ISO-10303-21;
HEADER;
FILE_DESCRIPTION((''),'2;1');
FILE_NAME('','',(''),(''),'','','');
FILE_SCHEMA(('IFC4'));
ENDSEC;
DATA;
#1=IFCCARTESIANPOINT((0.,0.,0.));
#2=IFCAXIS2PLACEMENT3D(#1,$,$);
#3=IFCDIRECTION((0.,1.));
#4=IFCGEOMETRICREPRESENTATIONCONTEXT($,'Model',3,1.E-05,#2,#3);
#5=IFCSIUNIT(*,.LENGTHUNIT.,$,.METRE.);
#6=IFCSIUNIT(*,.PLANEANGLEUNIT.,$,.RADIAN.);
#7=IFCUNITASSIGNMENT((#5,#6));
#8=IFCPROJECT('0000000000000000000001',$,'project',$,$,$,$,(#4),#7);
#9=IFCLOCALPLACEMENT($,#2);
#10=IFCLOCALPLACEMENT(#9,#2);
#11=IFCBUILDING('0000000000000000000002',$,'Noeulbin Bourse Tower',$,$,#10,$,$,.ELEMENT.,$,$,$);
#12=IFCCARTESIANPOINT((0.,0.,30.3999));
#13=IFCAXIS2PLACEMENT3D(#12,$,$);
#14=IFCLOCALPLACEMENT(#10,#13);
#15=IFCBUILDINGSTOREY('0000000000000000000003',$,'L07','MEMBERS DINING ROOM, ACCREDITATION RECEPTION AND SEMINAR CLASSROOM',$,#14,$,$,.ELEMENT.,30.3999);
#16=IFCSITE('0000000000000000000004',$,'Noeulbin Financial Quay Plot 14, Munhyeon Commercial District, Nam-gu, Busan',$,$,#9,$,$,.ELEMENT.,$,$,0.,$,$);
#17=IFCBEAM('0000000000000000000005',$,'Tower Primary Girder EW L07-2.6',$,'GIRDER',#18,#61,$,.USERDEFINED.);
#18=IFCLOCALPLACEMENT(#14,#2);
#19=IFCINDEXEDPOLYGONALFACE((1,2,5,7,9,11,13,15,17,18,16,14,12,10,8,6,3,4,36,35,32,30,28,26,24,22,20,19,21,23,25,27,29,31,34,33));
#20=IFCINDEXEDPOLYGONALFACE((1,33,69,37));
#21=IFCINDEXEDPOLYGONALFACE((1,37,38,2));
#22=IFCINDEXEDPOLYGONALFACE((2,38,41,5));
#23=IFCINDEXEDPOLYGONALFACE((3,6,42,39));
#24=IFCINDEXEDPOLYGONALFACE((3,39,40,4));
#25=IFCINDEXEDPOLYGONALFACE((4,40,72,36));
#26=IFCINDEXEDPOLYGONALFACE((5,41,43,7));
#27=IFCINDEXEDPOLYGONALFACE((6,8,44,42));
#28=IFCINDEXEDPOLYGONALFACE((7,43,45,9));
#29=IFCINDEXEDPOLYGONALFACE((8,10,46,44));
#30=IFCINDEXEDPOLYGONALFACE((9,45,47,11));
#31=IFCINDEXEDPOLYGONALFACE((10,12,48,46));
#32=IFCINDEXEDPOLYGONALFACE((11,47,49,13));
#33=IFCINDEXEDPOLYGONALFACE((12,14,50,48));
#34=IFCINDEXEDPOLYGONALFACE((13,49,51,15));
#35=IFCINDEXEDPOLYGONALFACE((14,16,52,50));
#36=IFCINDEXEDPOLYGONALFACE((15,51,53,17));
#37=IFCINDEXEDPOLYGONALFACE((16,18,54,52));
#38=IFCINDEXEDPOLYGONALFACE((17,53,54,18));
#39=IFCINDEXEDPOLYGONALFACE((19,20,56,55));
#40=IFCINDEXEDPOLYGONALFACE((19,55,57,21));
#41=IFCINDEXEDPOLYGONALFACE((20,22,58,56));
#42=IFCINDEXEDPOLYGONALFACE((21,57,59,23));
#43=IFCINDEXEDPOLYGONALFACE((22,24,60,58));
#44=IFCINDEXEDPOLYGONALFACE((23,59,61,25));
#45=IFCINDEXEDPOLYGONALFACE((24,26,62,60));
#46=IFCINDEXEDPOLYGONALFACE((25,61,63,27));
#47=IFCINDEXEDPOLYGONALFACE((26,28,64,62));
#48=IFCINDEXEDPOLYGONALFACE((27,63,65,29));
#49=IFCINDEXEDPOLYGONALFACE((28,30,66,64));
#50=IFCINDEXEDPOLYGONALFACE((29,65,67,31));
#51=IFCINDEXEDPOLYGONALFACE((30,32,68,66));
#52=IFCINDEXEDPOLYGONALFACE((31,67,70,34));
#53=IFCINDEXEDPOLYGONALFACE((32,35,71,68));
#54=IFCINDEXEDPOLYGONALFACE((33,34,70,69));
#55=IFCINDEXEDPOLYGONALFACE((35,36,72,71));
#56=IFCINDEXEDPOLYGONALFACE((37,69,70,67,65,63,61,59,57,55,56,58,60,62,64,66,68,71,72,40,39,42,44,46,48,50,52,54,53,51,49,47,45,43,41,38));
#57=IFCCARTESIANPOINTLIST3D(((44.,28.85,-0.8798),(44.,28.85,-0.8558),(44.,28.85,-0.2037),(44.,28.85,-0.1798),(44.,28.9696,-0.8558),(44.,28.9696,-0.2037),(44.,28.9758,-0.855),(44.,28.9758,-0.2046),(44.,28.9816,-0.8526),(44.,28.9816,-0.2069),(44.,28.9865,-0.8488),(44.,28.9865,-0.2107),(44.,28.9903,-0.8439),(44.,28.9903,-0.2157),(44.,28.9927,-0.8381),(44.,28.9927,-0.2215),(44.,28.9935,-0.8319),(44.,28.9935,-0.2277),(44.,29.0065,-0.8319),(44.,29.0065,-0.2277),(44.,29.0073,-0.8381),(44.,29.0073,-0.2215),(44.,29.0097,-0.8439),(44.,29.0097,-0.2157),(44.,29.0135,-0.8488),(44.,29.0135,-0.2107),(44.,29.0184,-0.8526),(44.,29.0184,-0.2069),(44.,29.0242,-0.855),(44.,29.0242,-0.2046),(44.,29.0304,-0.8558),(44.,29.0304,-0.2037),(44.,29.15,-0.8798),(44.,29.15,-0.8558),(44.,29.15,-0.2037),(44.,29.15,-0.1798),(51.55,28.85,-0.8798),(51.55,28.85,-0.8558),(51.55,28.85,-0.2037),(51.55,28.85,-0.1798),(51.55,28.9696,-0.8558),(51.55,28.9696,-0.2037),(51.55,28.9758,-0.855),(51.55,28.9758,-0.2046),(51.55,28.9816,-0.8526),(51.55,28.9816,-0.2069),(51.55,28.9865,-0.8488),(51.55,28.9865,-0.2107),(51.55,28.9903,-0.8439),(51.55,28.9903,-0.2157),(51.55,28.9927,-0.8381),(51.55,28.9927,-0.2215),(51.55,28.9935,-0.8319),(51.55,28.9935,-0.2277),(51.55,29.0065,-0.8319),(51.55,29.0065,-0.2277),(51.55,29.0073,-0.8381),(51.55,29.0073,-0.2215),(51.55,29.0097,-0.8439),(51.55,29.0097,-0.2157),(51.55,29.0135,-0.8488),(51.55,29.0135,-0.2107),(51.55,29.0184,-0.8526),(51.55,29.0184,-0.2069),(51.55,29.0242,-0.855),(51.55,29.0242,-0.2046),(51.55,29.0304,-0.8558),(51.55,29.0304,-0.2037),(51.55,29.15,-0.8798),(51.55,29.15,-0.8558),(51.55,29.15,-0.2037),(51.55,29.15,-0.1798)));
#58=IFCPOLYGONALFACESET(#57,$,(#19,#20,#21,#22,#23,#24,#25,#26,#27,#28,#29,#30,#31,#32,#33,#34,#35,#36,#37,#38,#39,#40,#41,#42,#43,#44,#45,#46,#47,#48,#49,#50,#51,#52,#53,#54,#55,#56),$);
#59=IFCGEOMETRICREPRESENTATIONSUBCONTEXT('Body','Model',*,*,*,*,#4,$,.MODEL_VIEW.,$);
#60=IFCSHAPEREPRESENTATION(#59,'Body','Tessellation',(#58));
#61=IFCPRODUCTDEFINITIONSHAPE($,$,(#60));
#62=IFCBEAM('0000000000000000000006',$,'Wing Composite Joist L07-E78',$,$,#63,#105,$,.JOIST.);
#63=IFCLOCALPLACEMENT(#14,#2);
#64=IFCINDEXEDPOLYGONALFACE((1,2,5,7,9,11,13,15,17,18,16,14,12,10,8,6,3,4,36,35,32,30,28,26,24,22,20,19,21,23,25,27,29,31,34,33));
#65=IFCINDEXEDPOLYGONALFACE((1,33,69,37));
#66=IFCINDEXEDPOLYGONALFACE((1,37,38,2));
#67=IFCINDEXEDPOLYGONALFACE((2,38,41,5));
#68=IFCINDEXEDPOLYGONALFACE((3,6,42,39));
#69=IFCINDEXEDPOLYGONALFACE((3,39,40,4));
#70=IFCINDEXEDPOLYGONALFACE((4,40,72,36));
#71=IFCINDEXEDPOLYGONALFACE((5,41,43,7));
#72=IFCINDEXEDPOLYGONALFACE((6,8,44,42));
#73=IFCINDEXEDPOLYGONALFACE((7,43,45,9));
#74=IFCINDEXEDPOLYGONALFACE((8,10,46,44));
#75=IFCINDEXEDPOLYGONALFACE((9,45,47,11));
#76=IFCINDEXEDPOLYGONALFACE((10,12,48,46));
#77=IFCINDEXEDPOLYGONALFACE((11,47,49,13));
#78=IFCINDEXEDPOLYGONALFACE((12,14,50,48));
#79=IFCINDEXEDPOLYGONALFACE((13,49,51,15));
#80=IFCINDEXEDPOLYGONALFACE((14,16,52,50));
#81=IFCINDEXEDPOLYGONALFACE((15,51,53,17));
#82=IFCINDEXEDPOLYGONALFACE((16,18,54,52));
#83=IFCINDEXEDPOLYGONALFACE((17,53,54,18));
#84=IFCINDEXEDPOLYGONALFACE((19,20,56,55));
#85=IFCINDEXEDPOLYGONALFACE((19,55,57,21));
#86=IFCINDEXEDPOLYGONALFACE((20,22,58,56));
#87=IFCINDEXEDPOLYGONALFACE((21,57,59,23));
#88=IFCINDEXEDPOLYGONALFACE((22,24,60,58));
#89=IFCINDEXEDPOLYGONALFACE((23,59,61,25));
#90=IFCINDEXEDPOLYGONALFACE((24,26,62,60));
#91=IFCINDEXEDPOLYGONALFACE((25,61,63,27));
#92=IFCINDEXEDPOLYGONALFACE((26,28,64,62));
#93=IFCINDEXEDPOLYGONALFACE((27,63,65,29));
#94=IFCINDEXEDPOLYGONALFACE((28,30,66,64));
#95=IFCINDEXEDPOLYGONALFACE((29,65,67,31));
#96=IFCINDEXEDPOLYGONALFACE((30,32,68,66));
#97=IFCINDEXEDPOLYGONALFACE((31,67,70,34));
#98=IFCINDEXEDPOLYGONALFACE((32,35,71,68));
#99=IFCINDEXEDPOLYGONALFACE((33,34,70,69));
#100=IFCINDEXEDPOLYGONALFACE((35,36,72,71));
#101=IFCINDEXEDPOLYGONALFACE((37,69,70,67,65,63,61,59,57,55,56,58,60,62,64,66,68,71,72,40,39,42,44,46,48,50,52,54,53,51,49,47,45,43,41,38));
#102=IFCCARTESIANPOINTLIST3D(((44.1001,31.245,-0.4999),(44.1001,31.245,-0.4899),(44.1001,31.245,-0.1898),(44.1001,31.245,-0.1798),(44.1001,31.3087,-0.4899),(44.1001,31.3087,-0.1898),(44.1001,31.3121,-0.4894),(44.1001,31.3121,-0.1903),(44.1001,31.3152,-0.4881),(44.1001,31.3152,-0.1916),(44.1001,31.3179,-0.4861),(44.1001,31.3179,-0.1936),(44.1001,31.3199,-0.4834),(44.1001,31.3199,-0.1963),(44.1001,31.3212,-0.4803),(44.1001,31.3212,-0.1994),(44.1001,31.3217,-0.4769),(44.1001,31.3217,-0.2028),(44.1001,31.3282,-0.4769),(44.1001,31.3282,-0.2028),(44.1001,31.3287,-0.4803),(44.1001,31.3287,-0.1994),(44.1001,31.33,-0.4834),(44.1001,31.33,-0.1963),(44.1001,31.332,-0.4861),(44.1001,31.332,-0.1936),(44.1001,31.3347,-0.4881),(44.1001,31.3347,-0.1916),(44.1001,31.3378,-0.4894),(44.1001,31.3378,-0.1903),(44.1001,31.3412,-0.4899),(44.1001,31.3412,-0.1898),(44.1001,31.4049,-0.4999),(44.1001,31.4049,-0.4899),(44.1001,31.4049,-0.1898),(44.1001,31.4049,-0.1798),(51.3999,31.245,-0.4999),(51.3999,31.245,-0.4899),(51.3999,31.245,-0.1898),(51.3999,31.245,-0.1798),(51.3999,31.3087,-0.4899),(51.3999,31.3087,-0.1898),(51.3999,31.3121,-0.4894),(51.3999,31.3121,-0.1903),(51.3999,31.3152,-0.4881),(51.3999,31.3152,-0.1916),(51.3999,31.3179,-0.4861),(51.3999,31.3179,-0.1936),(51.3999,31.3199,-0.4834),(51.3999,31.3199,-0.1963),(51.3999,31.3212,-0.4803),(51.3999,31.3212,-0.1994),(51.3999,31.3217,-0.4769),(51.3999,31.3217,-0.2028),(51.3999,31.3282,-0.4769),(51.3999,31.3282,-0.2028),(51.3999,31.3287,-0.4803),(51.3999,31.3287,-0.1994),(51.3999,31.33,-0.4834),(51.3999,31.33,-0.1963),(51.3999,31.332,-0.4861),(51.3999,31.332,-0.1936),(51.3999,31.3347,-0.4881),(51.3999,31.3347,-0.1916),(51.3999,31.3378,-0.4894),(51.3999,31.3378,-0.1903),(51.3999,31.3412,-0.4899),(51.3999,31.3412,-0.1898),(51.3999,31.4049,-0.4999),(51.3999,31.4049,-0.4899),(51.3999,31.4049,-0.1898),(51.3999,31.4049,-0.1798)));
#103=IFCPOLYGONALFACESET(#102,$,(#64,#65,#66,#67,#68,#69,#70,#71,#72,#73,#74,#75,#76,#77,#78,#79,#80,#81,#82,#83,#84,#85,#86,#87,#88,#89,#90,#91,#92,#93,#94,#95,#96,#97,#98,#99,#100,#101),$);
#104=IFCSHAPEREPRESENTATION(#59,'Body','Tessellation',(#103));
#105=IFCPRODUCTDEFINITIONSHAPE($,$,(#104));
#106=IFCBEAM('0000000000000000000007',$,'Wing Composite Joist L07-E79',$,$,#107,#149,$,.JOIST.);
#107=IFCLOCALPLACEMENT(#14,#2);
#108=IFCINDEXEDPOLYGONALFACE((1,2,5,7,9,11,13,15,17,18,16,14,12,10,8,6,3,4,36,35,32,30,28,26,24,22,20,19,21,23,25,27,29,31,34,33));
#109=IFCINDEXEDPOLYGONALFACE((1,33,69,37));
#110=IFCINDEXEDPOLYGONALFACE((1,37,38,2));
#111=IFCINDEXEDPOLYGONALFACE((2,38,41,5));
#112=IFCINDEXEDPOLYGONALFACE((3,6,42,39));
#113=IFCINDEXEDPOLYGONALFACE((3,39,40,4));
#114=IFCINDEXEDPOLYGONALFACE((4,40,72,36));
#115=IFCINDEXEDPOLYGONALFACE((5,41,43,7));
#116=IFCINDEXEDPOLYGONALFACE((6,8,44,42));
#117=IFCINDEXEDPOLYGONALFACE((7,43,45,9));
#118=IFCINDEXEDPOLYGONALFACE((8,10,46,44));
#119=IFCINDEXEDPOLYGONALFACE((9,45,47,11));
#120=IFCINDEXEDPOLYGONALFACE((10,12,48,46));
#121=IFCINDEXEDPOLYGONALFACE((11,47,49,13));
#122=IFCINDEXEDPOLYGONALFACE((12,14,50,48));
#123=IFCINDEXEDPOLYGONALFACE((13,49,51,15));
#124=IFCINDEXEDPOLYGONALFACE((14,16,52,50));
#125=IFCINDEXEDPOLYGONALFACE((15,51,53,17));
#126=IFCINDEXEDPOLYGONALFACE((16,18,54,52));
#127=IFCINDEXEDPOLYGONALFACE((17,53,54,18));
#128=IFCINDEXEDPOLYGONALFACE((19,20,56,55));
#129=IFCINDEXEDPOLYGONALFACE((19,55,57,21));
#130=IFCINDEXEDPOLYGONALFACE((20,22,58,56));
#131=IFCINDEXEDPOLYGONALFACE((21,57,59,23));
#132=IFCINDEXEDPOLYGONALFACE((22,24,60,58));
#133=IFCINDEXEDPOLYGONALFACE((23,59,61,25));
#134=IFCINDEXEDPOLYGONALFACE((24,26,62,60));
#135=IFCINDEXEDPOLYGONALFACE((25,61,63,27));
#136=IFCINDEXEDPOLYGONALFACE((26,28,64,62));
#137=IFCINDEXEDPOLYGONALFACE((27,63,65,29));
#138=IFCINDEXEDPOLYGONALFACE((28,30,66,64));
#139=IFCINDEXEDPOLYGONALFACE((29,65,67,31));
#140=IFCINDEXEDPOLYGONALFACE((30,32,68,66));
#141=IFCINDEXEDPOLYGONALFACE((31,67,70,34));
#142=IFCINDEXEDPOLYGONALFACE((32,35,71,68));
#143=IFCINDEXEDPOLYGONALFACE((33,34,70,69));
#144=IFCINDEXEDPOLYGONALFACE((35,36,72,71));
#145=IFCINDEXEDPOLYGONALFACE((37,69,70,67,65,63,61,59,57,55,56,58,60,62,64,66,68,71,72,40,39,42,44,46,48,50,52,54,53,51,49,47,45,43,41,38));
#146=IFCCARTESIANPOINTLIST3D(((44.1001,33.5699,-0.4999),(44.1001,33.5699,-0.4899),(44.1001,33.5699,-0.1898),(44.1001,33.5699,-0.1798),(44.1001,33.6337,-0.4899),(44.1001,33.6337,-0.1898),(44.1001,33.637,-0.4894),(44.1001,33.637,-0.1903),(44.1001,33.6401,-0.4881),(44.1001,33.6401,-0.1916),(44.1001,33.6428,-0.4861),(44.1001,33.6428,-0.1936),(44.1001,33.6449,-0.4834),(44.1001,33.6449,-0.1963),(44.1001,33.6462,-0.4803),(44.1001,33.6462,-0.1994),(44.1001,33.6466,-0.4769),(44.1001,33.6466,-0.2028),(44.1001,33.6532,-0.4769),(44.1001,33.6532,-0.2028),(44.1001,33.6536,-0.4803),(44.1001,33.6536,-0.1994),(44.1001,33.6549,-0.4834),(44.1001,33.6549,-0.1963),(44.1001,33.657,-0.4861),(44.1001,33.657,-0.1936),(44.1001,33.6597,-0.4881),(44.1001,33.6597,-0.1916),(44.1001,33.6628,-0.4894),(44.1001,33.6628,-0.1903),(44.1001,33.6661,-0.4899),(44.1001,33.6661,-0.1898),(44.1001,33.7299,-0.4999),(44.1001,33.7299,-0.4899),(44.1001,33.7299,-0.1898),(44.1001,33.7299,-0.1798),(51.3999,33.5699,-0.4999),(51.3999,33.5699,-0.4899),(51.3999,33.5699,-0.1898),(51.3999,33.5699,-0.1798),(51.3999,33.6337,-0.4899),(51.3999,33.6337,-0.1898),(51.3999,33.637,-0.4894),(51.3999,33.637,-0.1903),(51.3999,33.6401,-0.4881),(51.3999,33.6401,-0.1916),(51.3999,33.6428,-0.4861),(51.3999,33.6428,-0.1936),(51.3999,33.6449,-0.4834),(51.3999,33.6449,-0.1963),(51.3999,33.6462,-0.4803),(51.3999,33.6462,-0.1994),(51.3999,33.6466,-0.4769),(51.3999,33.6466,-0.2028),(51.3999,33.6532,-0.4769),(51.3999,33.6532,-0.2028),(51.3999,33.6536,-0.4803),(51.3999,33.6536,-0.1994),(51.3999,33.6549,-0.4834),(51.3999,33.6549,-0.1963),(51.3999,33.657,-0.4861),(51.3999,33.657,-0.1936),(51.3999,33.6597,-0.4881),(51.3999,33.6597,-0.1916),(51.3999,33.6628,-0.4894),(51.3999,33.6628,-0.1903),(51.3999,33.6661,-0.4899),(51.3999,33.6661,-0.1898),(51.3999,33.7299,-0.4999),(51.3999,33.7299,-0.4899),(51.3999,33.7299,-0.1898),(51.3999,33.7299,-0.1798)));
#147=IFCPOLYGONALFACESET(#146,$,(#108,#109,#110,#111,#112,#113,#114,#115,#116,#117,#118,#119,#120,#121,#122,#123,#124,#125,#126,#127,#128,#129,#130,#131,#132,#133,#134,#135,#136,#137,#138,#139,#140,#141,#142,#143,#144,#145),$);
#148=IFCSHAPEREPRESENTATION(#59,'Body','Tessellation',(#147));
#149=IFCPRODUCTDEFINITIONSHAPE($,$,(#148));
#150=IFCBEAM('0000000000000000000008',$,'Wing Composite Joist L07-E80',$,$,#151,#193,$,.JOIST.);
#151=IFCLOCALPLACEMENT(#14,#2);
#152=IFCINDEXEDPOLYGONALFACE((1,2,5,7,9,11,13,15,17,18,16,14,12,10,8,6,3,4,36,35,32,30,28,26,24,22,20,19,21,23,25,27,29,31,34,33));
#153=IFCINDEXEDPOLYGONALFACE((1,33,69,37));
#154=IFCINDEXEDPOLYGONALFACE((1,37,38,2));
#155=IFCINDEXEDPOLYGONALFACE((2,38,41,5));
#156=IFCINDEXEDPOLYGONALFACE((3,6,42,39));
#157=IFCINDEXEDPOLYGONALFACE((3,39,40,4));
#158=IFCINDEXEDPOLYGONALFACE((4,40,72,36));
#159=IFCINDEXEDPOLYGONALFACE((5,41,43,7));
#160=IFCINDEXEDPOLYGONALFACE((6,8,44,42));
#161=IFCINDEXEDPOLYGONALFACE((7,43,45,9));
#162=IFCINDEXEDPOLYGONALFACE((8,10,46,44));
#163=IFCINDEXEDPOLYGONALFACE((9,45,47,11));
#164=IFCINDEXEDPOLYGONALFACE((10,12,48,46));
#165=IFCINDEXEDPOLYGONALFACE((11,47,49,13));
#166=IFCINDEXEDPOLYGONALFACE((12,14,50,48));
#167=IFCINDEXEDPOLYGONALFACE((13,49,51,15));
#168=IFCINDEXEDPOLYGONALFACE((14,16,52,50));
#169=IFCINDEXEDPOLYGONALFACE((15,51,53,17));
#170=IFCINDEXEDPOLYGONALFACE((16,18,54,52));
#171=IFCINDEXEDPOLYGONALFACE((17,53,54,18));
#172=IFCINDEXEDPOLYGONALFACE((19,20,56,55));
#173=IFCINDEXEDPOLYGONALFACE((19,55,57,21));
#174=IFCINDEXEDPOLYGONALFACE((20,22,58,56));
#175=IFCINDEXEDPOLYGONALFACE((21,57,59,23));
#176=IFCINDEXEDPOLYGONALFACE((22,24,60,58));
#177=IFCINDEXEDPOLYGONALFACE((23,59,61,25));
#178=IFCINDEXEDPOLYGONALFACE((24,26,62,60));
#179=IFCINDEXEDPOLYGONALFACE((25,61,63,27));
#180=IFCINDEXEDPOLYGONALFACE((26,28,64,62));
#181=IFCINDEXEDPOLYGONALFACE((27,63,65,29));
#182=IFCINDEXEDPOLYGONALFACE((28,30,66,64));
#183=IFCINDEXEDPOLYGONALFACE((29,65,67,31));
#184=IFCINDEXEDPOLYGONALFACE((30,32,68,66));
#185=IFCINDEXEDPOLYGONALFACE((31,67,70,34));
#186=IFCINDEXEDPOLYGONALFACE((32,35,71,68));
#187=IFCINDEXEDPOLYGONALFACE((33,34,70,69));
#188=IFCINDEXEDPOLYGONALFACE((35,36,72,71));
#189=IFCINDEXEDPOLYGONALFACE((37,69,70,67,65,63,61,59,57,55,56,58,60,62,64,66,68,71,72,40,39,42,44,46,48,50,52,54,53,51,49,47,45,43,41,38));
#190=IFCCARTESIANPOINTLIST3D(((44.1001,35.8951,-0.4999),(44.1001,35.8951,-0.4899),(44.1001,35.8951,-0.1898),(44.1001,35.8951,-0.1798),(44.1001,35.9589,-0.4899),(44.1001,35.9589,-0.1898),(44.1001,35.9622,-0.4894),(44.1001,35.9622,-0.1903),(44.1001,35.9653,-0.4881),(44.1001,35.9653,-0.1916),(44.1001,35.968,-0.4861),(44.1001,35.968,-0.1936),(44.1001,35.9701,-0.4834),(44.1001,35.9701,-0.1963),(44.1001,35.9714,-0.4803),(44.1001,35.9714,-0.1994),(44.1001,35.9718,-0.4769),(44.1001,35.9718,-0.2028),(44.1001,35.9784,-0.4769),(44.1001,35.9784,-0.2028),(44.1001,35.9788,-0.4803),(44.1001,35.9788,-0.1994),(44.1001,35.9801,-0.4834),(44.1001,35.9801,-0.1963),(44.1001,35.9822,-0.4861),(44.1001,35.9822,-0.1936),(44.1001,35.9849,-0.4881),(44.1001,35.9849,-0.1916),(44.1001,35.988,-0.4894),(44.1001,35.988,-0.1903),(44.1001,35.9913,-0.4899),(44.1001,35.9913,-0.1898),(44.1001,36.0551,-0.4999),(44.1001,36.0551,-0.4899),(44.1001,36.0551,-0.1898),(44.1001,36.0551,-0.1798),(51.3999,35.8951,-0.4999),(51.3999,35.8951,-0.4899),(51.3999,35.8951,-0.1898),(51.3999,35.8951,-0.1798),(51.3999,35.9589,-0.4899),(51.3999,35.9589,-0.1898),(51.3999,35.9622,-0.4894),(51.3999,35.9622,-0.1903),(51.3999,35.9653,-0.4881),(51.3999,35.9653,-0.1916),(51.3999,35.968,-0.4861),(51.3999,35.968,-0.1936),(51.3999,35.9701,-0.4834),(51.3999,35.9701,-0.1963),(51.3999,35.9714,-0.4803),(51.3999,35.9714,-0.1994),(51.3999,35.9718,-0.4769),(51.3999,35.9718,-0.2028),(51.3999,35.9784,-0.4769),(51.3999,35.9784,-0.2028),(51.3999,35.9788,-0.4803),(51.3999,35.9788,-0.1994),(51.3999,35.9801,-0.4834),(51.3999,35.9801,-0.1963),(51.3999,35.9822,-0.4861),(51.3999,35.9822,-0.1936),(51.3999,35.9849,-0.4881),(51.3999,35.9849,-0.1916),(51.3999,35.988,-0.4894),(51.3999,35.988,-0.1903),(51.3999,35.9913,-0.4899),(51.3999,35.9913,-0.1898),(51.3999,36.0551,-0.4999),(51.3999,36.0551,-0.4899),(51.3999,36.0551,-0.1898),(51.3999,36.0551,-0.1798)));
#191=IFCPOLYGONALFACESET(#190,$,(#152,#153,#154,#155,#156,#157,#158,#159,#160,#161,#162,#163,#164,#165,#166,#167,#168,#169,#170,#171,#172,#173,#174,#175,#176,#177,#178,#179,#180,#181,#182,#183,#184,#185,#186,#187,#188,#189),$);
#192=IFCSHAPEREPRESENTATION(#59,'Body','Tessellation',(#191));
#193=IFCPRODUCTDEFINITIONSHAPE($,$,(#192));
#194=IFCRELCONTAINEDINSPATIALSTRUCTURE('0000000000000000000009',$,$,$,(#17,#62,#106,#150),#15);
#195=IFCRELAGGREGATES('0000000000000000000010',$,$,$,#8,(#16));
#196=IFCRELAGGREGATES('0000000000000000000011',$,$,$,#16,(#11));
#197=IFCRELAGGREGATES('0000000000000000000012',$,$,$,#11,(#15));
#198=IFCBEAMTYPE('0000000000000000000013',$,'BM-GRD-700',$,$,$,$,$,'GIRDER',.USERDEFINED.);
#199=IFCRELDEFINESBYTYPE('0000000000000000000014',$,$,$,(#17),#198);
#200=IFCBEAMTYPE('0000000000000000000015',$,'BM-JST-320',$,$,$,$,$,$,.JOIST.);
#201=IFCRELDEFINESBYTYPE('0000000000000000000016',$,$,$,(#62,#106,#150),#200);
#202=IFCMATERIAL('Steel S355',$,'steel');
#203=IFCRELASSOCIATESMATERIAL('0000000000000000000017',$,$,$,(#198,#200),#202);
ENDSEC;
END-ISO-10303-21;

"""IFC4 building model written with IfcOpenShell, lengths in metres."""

from ifc_helpers import new_model, si_unit, direction, frame, origin, origin_2d, place, context, subcontext, project, spatial, i_section, extrude, material, material_profile, profile_set, type_object, element, save


model = new_model("IFC4")

# Units and contexts
model_context = context("Model", 3, precision=1e-05, world=origin(), true_north=direction((0.0, 1.0)))
body_context = subcontext(model_context, "Body", "Model", "MODEL_VIEW")
ifc_project = project(units=[si_unit("LENGTHUNIT", "METRE"), si_unit("PLANEANGLEUNIT", "RADIAN")], contexts=[model_context])

# Site, building, storey
site_placement = place(None, origin())
site = spatial("IfcSite", under=ifc_project, at=site_placement, Name="Noeulbin Financial Quay Plot 14, Munhyeon Commercial District, Nam-gu, Busan", CompositionType="ELEMENT", RefElevation=0.0)
building_placement = place(site_placement, origin())
building = spatial("IfcBuilding", under=site, at=building_placement, Name="Noeulbin Bourse Tower", CompositionType="ELEMENT")
storey_placement = place(building_placement, frame((0.0, 0.0, 30.3999)))
storey = spatial("IfcBuildingStorey", under=building, at=storey_placement, Name="L07", Description="MEMBERS DINING ROOM, ACCREDITATION RECEPTION AND SEMINAR CLASSROOM", CompositionType="ELEMENT", Elevation=30.3999)

# Beams
ifc_material_1 = material(Name="Steel S355", Category="steel")
ifc_material_profile_1 = material_profile(ifc_material_1, i_section(OverallWidth=0.3, OverallDepth=0.7, WebThickness=0.0129, FlangeThickness=0.0239, FilletRadius=0.0239, at=origin_2d()), Name="H-700x300x13x24", Category="LoadBearing")
ifc_profile_set_1 = profile_set([ifc_material_profile_1], Name="Steel S355")
beam_type_1 = type_object("IfcBeamType", Name="BM-GRD-700", ElementType="GIRDER", PredefinedType="USERDEFINED", material=ifc_profile_set_1)
beam_1_placement = place(storey_placement, frame((44.0, 29.0, -0.5298), z_axis=(1.0, 0.0, 0.0), x_axis=(0.0, 1.0, 0.0)))
element("IfcBeam", 1, at=beam_1_placement, inside=storey, type_object=beam_type_1, Name="Tower Primary Girder EW L07-2.6", ObjectType="GIRDER", PredefinedType="USERDEFINED", context=body_context, shape_type="SweptSolid", body=[
    extrude(i_section(OverallWidth=0.3, OverallDepth=0.7, WebThickness=0.0129, FlangeThickness=0.0239, FilletRadius=0.0239, at=origin_2d()), origin(), (0.0, 0.0, 1.0), 7.55),
])
ifc_material_profile_2 = material_profile(ifc_material_1, i_section(OverallWidth=0.1599, OverallDepth=0.3201, WebThickness=0.0066, FlangeThickness=0.01, FilletRadius=0.0129, at=origin_2d()), Name="H-320x160x6.5x10", Category="LoadBearing")
ifc_profile_set_2 = profile_set([ifc_material_profile_2], Name="Steel S355")
beam_type_2 = type_object("IfcBeamType", Name="BM-JST-320", PredefinedType="JOIST", material=ifc_profile_set_2)
for number, where, z_axis, x_axis, name in (
    (2, (44.1001, 31.325, -0.3398), (1.0, 0.0, 0.0), (0.0, 1.0, 0.0), "Wing Composite Joist L07-E78"),
    (3, (44.1001, 33.6499, -0.3398), (1.0, 0.0, 0.0), (0.0, 1.0, 0.0), "Wing Composite Joist L07-E79"),
    (4, (44.1001, 35.9751, -0.3398), (1.0, 0.0, 0.0), (0.0, 1.0, 0.0), "Wing Composite Joist L07-E80"),
):
    element("IfcBeam", number, at=place(storey_placement, frame(where, z_axis=z_axis, x_axis=x_axis)), inside=storey, type_object=beam_type_2, Name=name, PredefinedType="JOIST", context=body_context, shape_type="SweptSolid", body=[
        extrude(i_section(OverallWidth=0.1599, OverallDepth=0.3201, WebThickness=0.0066, FlangeThickness=0.01, FilletRadius=0.0129, at=origin_2d()), origin(), (0.0, 0.0, 1.0), 7.2998),
    ])

save(model, "model.ifc")
